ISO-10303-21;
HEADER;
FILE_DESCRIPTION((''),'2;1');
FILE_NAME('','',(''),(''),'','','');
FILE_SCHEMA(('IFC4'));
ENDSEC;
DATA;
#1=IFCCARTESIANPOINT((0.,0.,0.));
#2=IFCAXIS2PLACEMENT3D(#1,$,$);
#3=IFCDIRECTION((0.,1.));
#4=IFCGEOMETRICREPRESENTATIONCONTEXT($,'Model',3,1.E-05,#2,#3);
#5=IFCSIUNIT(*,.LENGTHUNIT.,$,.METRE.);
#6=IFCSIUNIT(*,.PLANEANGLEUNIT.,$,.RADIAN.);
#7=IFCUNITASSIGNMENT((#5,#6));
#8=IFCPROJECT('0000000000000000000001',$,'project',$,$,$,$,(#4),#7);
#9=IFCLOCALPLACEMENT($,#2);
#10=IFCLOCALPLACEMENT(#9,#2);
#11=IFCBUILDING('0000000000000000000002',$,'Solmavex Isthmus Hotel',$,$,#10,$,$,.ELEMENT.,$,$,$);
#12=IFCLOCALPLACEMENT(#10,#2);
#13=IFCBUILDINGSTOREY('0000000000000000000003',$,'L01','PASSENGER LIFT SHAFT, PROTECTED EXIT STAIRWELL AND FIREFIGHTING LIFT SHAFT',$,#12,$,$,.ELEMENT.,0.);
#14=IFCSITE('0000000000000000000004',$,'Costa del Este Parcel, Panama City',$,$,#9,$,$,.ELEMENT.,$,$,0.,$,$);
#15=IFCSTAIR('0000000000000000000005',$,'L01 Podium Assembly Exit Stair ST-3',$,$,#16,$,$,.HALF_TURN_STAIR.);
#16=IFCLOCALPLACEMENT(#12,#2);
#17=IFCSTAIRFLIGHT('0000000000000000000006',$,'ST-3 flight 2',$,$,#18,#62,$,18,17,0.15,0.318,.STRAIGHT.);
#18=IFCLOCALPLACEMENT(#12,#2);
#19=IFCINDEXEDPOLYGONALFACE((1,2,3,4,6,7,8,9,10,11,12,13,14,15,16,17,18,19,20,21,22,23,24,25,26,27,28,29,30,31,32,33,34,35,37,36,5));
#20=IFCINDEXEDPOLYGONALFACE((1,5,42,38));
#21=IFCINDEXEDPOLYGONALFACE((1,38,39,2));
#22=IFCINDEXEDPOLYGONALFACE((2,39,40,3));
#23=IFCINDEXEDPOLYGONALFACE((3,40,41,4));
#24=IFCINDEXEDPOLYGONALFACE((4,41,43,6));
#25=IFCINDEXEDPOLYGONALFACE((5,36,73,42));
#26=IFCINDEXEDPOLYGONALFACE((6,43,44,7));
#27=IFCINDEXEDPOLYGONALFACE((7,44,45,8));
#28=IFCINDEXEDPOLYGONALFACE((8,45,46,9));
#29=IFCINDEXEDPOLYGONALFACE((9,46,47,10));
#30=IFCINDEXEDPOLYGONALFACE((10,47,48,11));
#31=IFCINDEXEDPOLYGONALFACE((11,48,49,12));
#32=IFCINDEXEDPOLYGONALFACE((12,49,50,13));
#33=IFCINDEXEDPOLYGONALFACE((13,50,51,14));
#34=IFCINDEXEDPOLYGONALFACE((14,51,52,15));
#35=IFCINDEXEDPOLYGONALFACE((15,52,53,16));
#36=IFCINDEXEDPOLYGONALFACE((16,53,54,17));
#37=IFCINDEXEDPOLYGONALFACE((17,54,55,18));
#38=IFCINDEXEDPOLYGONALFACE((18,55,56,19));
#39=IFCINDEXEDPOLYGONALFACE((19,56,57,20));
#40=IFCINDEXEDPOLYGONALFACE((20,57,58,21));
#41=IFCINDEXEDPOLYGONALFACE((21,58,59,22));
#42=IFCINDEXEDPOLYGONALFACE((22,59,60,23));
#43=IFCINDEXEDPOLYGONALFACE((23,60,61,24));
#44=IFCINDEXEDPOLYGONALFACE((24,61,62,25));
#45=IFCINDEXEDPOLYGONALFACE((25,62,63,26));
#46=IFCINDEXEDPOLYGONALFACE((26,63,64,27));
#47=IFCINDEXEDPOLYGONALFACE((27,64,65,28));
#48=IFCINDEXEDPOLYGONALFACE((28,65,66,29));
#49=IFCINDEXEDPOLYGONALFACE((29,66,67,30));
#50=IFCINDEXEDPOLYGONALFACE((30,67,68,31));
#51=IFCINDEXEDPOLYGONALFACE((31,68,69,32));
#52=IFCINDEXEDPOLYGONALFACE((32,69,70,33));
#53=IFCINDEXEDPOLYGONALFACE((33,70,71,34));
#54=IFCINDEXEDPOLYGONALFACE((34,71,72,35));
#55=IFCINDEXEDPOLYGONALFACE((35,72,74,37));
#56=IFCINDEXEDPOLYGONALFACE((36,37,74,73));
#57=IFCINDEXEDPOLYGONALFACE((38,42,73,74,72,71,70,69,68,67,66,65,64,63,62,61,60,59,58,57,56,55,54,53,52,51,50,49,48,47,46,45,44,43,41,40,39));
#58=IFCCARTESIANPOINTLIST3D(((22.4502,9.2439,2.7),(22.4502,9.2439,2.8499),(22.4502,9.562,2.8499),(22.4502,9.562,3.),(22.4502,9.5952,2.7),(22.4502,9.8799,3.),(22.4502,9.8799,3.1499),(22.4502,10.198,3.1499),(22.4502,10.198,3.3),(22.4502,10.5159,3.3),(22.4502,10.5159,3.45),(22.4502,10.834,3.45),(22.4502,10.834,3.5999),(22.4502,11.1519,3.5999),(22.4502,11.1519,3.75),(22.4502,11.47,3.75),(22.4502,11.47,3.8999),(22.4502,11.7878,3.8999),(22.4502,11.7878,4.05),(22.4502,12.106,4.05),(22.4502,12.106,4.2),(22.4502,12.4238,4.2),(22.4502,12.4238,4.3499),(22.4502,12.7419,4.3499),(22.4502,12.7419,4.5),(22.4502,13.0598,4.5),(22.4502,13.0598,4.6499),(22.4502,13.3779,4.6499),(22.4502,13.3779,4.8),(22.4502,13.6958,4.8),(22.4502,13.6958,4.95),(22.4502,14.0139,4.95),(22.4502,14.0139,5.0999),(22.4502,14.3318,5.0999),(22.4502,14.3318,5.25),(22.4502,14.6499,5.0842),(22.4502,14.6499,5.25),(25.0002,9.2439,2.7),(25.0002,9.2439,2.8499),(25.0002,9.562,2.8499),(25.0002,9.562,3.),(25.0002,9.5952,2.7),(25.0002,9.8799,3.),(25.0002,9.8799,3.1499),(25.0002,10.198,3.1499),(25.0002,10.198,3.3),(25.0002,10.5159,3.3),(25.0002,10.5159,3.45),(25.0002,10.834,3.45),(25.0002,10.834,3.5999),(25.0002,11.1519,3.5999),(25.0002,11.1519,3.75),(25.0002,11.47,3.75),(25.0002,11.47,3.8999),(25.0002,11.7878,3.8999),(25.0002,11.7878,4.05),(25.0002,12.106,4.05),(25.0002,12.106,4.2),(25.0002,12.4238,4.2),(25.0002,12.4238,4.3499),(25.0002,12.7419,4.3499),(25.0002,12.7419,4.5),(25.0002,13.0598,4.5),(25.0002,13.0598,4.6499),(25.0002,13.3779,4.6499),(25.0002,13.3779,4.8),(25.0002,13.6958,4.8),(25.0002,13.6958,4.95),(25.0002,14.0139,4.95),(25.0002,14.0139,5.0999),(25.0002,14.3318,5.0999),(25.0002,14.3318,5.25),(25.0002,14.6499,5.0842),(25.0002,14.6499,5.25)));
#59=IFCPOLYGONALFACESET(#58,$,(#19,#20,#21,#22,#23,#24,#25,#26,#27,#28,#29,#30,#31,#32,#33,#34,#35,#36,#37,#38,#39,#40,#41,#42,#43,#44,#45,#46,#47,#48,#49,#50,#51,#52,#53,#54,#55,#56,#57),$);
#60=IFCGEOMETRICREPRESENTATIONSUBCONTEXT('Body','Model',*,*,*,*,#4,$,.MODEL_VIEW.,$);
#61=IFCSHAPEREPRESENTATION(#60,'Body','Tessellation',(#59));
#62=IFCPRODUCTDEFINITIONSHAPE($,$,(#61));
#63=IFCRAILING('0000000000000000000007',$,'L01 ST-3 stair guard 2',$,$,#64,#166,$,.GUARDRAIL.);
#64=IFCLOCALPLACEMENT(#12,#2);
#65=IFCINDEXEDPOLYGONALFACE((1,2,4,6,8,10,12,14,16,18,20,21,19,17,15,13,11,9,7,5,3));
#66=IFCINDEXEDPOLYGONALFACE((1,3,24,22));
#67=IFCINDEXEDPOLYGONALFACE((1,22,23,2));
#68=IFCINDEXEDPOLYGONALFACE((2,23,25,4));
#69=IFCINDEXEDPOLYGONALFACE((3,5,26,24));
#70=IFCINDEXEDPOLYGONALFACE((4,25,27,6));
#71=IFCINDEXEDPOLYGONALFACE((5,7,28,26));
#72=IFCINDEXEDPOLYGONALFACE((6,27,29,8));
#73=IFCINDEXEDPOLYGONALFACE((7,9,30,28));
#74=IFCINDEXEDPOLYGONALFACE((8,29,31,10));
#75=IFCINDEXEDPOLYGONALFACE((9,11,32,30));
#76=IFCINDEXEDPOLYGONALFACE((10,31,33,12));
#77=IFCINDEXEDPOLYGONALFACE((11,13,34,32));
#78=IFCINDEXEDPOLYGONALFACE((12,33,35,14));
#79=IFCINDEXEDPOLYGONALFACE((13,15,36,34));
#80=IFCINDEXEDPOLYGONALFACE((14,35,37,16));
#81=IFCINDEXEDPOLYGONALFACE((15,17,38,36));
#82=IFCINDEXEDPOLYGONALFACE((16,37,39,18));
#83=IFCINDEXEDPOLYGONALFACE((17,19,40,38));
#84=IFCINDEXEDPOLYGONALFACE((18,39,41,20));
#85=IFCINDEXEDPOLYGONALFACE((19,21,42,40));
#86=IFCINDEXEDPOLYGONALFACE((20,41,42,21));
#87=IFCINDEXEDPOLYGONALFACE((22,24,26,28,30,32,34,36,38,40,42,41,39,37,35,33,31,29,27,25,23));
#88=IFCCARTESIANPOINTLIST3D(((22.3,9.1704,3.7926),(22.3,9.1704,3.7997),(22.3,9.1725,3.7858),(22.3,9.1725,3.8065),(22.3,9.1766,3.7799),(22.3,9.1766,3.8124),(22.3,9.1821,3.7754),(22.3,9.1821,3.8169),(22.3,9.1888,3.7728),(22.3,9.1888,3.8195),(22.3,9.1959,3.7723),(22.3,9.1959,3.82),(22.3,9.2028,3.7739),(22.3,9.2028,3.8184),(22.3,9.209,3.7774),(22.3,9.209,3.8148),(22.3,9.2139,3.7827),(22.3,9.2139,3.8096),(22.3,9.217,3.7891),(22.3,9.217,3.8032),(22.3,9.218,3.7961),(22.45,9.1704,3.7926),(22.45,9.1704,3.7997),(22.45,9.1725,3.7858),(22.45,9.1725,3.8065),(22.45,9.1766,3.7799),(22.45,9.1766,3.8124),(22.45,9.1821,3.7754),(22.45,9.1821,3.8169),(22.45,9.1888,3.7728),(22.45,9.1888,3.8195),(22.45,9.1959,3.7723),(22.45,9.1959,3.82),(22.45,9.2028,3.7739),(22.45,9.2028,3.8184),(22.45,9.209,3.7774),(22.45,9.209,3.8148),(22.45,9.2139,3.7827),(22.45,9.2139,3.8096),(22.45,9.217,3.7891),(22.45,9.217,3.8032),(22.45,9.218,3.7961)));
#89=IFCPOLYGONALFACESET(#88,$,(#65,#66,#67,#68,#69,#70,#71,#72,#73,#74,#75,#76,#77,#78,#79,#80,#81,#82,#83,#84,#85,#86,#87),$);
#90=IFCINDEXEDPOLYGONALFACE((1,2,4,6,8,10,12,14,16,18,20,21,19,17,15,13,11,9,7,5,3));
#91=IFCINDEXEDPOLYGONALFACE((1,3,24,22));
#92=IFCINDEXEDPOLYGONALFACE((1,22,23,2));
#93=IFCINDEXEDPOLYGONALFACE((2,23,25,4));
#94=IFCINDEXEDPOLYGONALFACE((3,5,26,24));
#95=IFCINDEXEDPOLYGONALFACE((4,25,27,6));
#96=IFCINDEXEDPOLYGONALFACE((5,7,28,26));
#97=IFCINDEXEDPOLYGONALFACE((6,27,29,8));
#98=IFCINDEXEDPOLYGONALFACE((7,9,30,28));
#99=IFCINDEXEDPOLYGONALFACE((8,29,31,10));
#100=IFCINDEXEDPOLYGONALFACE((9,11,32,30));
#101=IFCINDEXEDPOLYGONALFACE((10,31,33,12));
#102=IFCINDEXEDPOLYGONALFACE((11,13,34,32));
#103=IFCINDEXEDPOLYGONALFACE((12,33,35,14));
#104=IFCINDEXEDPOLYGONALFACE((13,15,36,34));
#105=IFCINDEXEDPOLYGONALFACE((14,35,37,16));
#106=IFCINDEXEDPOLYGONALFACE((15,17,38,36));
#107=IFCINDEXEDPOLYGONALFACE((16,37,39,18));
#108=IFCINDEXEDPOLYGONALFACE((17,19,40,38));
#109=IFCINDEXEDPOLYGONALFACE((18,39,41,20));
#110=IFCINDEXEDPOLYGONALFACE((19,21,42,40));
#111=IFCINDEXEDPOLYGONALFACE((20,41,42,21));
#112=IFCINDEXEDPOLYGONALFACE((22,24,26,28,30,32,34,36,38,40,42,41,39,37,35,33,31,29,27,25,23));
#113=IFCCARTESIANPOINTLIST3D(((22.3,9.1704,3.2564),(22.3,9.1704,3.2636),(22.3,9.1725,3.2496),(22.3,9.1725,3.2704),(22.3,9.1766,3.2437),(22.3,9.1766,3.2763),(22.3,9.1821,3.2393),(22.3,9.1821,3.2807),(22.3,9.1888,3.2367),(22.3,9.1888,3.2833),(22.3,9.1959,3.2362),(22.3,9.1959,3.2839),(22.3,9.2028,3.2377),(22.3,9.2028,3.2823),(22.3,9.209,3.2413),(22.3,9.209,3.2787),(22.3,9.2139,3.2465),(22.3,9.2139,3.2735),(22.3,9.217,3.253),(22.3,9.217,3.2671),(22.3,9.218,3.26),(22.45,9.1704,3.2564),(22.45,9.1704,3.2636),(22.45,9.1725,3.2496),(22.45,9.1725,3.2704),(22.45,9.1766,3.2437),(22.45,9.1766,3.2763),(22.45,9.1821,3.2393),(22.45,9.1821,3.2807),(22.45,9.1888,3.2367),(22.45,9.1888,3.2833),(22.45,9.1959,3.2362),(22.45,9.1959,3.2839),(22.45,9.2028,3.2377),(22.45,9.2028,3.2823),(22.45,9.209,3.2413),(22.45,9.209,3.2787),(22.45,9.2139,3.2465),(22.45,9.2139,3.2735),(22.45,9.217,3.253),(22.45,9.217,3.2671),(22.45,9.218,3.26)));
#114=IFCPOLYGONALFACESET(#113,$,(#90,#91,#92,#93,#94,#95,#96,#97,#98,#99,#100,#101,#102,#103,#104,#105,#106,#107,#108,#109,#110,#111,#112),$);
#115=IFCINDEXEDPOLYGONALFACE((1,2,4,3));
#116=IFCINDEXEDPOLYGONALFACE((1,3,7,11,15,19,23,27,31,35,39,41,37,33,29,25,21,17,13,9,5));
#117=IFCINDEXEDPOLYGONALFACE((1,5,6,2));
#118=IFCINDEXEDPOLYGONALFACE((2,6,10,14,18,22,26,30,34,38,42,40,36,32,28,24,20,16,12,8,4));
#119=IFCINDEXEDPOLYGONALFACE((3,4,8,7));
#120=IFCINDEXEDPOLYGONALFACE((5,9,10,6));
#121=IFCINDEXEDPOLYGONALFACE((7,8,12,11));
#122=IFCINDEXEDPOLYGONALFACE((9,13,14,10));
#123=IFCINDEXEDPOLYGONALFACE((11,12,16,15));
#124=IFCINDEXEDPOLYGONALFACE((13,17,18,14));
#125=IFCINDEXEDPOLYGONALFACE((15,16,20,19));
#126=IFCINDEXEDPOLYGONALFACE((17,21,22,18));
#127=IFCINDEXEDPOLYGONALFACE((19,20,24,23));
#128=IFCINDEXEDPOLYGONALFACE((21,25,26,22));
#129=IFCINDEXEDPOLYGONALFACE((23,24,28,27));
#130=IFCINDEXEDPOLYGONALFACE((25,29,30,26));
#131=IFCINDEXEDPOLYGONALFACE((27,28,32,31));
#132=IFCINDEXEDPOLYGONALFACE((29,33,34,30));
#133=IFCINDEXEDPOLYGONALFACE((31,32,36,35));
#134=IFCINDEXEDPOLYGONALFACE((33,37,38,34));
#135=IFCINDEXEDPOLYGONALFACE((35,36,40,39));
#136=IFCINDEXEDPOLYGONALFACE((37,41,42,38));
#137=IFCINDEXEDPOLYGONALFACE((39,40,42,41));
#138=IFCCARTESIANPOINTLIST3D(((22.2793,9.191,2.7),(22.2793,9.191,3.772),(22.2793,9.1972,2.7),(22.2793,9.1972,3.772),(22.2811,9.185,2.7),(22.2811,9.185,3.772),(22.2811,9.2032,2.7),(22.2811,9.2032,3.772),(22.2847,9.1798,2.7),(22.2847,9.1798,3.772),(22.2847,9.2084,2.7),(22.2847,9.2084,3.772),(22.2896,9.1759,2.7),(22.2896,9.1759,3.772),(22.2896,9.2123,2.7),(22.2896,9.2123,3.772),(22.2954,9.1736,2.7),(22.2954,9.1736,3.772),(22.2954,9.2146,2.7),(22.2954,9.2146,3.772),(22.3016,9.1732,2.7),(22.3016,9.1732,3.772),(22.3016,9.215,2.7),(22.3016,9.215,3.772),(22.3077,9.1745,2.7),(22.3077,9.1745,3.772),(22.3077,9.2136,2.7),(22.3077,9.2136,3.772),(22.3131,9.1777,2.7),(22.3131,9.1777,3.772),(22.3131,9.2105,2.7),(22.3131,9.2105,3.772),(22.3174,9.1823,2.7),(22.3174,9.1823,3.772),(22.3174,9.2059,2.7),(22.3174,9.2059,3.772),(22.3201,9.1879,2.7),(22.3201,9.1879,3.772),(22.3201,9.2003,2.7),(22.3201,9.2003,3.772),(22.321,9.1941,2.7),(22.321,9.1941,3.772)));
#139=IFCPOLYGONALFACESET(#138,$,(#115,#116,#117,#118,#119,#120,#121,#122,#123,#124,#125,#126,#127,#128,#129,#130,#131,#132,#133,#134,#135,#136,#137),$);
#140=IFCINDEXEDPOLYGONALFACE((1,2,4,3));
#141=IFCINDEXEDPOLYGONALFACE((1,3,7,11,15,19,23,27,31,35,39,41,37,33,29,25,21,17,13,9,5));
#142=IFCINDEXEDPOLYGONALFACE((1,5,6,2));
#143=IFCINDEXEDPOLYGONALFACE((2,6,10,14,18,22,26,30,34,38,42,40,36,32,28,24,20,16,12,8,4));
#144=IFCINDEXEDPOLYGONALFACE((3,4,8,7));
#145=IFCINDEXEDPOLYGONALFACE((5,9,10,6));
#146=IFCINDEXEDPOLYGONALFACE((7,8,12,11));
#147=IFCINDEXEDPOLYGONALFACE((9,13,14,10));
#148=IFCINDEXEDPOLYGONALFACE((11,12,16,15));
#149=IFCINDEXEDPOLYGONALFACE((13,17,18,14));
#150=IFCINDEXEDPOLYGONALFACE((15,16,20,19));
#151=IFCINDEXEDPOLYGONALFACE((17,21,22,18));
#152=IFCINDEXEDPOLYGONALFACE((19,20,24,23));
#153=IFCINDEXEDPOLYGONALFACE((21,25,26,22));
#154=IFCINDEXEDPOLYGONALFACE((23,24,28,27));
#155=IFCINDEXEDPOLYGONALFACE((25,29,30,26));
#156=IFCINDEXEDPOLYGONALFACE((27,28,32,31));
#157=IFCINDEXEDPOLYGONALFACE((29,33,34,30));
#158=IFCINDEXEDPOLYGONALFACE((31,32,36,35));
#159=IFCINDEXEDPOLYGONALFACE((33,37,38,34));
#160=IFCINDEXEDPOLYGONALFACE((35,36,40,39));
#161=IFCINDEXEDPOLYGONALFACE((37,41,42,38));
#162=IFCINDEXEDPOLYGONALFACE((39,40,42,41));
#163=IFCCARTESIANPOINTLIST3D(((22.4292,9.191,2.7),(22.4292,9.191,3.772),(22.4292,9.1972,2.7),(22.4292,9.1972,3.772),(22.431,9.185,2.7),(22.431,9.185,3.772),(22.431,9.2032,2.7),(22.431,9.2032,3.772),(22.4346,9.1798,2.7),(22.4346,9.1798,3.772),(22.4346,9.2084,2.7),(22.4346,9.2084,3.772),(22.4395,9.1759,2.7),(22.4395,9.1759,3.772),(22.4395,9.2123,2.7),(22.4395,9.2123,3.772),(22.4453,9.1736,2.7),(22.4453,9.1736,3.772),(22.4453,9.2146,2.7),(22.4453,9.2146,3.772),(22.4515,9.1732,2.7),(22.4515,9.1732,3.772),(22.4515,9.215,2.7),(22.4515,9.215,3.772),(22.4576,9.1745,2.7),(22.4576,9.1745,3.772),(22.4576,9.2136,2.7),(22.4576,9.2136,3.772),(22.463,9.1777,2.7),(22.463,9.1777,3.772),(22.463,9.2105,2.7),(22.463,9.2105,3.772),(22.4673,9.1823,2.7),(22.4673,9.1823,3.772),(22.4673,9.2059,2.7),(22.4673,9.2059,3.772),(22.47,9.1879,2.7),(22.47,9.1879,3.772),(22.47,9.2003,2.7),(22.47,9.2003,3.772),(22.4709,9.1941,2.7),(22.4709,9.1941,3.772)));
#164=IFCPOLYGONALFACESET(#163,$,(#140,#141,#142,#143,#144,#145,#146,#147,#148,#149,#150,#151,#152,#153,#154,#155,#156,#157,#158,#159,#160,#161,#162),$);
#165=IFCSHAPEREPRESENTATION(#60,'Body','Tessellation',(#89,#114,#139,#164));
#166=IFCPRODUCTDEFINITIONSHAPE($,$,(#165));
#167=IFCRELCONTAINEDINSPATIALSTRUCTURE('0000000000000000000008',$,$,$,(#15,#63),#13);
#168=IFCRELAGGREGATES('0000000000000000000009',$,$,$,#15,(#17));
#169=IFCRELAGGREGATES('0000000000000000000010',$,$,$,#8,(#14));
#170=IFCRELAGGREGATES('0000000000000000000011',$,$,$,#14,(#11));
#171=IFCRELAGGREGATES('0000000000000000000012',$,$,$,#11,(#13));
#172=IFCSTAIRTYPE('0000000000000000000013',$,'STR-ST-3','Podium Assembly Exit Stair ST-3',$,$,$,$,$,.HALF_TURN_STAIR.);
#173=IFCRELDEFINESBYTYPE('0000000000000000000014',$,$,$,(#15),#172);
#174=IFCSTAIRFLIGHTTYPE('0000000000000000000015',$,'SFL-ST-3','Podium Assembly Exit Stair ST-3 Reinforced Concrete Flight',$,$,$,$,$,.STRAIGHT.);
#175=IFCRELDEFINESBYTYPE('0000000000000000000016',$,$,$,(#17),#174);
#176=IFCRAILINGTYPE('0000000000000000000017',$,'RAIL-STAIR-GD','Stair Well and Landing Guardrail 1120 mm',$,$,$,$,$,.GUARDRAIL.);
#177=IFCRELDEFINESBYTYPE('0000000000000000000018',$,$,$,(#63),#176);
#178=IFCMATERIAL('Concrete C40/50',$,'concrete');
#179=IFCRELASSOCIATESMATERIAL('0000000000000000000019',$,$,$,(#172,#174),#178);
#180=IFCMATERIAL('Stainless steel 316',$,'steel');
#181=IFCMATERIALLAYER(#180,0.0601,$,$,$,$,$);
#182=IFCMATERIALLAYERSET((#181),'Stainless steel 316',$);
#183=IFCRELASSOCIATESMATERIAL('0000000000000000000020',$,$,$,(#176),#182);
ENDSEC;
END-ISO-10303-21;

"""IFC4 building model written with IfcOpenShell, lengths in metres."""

from ifc_helpers import new_model, si_unit, direction, frame, origin, origin_2d, place, context, subcontext, project, spatial, polyline, circle, outline, extrude, material, layer, layer_set, type_object, element, aggregate, save


model = new_model("IFC4")

# Units and contexts
model_context = context("Model", 3, precision=1e-05, world=origin(), true_north=direction((0.0, 1.0)))
body_context = subcontext(model_context, "Body", "Model", "MODEL_VIEW")
ifc_project = project(units=[si_unit("LENGTHUNIT", "METRE"), si_unit("PLANEANGLEUNIT", "RADIAN")], contexts=[model_context])

# Site, building, storey
site_placement = place(None, origin())
site = spatial("IfcSite", under=ifc_project, at=site_placement, Name="Costa del Este Parcel, Panama City", CompositionType="ELEMENT", RefElevation=0.0)
building_placement = place(site_placement, origin())
building = spatial("IfcBuilding", under=site, at=building_placement, Name="Solmavex Isthmus Hotel", CompositionType="ELEMENT")
storey_placement = place(building_placement, origin())
storey = spatial("IfcBuildingStorey", under=building, at=storey_placement, Name="L01", Description="PASSENGER LIFT SHAFT, PROTECTED EXIT STAIRWELL AND FIREFIGHTING LIFT SHAFT", CompositionType="ELEMENT", Elevation=0.0)

# Shared definitions
ifc_material_1 = material(Name="Concrete C40/50", Category="concrete")

# Stair, stair flight
stair_type = type_object("IfcStairType", Name="STR-ST-3", Description="Podium Assembly Exit Stair ST-3", PredefinedType="HALF_TURN_STAIR", material=ifc_material_1)
stair_placement = place(storey_placement, origin())
stair = element("IfcStair", 1, at=stair_placement, inside=storey, type_object=stair_type, Name="L01 Podium Assembly Exit Stair ST-3", PredefinedType="HALF_TURN_STAIR")
stair_flight_type = type_object("IfcStairFlightType", Name="SFL-ST-3", Description="Podium Assembly Exit Stair ST-3 Reinforced Concrete Flight", PredefinedType="STRAIGHT", material=ifc_material_1)
stair_flight_1_placement = place(storey_placement, frame((23.7251, 9.2439, 2.7), z_axis=(0.0, 0.0, 1.0), x_axis=(0.0, 1.0, 0.0)))
stair_flight_1 = element("IfcStairFlight", 2, at=stair_flight_1_placement, type_object=stair_flight_type, Name="ST-3 flight 2", NumberOfRisers=18, NumberOfTreads=17, PredefinedType="STRAIGHT", RiserHeight=0.15, TreadLength=0.318, context=body_context, shape_type="SweptSolid", body=[
    extrude(outline(polyline([(0.0, 0.0), (0.0, 0.1499), (0.3181, 0.1499), (0.3181, 0.3), (0.636, 0.3), (0.636, 0.45), (0.9541, 0.45), (0.9541, 0.6001), (1.272, 0.6001), (1.272, 0.75), (1.5901, 0.75), (1.5901, 0.8999), (1.908, 0.8999), (1.908, 1.05), (2.2261, 1.05), (2.2261, 1.2), (2.5439, 1.2), (2.5439, 1.3501), (2.8621, 1.3501), (2.8621, 1.5), (3.1799, 1.5), (3.1799, 1.6499), (3.498, 1.6499), (3.498, 1.8), (3.8159, 1.8), (3.8159, 1.95), (4.134, 1.95), (4.134, 2.1001), (4.4519, 2.1001), (4.4519, 2.25), (4.77, 2.25), (4.77, 2.3999), (5.0879, 2.3999), (5.0879, 2.55), (5.406, 2.55), (5.406, 2.7), (5.406, 2.3843), (0.3513, 0.0), (0.0, 0.0)])), frame((0.0, 1.2749, 0.0), z_axis=(0.0, -1.0, 0.0), x_axis=(1.0, 0.0, 0.0)), (0.0, 0.0, 1.0), 2.55),
])
aggregate(stair, [stair_flight_1])

# Railing
ifc_material_2 = material(Name="Stainless steel 316", Category="steel")
ifc_layer_1 = layer(ifc_material_2, 0.0601)
ifc_layer_set_1 = layer_set([ifc_layer_1], Name="Stainless steel 316")
railing_type_1 = type_object("IfcRailingType", Name="RAIL-STAIR-GD", Description="Stair Well and Landing Guardrail 1120 mm", PredefinedType="GUARDRAIL", material=ifc_layer_set_1)
railing_1_placement = place(storey_placement, frame((22.3, 9.1941, 2.7)))
element("IfcRailing", 3, at=railing_1_placement, inside=storey, type_object=railing_type_1, Name="L01 ST-3 stair guard 2", PredefinedType="GUARDRAIL", context=body_context, shape_type="SweptSolid", body=[
    extrude(circle(Radius=0.0239, at=origin_2d()), frame((0.0, 0.0, 1.0962), z_axis=(1.0, 0.0, 0.0), x_axis=(0.0, 1.0, 0.0)), (0.0, 0.0, 1.0), 0.1499),
    extrude(circle(Radius=0.0239, at=origin_2d()), frame((0.0, 0.0, 0.5601), z_axis=(1.0, 0.0, 0.0), x_axis=(0.0, 1.0, 0.0)), (0.0, 0.0, 1.0), 0.1499),
    extrude(circle(Radius=0.021, at=origin_2d()), origin(), (0.0, 0.0, 1.0), 1.072),
    extrude(circle(Radius=0.021, at=origin_2d()), frame((0.1499, 0.0, 0.0)), (0.0, 0.0, 1.0), 1.072),
])

save(model, "model.ifc")
